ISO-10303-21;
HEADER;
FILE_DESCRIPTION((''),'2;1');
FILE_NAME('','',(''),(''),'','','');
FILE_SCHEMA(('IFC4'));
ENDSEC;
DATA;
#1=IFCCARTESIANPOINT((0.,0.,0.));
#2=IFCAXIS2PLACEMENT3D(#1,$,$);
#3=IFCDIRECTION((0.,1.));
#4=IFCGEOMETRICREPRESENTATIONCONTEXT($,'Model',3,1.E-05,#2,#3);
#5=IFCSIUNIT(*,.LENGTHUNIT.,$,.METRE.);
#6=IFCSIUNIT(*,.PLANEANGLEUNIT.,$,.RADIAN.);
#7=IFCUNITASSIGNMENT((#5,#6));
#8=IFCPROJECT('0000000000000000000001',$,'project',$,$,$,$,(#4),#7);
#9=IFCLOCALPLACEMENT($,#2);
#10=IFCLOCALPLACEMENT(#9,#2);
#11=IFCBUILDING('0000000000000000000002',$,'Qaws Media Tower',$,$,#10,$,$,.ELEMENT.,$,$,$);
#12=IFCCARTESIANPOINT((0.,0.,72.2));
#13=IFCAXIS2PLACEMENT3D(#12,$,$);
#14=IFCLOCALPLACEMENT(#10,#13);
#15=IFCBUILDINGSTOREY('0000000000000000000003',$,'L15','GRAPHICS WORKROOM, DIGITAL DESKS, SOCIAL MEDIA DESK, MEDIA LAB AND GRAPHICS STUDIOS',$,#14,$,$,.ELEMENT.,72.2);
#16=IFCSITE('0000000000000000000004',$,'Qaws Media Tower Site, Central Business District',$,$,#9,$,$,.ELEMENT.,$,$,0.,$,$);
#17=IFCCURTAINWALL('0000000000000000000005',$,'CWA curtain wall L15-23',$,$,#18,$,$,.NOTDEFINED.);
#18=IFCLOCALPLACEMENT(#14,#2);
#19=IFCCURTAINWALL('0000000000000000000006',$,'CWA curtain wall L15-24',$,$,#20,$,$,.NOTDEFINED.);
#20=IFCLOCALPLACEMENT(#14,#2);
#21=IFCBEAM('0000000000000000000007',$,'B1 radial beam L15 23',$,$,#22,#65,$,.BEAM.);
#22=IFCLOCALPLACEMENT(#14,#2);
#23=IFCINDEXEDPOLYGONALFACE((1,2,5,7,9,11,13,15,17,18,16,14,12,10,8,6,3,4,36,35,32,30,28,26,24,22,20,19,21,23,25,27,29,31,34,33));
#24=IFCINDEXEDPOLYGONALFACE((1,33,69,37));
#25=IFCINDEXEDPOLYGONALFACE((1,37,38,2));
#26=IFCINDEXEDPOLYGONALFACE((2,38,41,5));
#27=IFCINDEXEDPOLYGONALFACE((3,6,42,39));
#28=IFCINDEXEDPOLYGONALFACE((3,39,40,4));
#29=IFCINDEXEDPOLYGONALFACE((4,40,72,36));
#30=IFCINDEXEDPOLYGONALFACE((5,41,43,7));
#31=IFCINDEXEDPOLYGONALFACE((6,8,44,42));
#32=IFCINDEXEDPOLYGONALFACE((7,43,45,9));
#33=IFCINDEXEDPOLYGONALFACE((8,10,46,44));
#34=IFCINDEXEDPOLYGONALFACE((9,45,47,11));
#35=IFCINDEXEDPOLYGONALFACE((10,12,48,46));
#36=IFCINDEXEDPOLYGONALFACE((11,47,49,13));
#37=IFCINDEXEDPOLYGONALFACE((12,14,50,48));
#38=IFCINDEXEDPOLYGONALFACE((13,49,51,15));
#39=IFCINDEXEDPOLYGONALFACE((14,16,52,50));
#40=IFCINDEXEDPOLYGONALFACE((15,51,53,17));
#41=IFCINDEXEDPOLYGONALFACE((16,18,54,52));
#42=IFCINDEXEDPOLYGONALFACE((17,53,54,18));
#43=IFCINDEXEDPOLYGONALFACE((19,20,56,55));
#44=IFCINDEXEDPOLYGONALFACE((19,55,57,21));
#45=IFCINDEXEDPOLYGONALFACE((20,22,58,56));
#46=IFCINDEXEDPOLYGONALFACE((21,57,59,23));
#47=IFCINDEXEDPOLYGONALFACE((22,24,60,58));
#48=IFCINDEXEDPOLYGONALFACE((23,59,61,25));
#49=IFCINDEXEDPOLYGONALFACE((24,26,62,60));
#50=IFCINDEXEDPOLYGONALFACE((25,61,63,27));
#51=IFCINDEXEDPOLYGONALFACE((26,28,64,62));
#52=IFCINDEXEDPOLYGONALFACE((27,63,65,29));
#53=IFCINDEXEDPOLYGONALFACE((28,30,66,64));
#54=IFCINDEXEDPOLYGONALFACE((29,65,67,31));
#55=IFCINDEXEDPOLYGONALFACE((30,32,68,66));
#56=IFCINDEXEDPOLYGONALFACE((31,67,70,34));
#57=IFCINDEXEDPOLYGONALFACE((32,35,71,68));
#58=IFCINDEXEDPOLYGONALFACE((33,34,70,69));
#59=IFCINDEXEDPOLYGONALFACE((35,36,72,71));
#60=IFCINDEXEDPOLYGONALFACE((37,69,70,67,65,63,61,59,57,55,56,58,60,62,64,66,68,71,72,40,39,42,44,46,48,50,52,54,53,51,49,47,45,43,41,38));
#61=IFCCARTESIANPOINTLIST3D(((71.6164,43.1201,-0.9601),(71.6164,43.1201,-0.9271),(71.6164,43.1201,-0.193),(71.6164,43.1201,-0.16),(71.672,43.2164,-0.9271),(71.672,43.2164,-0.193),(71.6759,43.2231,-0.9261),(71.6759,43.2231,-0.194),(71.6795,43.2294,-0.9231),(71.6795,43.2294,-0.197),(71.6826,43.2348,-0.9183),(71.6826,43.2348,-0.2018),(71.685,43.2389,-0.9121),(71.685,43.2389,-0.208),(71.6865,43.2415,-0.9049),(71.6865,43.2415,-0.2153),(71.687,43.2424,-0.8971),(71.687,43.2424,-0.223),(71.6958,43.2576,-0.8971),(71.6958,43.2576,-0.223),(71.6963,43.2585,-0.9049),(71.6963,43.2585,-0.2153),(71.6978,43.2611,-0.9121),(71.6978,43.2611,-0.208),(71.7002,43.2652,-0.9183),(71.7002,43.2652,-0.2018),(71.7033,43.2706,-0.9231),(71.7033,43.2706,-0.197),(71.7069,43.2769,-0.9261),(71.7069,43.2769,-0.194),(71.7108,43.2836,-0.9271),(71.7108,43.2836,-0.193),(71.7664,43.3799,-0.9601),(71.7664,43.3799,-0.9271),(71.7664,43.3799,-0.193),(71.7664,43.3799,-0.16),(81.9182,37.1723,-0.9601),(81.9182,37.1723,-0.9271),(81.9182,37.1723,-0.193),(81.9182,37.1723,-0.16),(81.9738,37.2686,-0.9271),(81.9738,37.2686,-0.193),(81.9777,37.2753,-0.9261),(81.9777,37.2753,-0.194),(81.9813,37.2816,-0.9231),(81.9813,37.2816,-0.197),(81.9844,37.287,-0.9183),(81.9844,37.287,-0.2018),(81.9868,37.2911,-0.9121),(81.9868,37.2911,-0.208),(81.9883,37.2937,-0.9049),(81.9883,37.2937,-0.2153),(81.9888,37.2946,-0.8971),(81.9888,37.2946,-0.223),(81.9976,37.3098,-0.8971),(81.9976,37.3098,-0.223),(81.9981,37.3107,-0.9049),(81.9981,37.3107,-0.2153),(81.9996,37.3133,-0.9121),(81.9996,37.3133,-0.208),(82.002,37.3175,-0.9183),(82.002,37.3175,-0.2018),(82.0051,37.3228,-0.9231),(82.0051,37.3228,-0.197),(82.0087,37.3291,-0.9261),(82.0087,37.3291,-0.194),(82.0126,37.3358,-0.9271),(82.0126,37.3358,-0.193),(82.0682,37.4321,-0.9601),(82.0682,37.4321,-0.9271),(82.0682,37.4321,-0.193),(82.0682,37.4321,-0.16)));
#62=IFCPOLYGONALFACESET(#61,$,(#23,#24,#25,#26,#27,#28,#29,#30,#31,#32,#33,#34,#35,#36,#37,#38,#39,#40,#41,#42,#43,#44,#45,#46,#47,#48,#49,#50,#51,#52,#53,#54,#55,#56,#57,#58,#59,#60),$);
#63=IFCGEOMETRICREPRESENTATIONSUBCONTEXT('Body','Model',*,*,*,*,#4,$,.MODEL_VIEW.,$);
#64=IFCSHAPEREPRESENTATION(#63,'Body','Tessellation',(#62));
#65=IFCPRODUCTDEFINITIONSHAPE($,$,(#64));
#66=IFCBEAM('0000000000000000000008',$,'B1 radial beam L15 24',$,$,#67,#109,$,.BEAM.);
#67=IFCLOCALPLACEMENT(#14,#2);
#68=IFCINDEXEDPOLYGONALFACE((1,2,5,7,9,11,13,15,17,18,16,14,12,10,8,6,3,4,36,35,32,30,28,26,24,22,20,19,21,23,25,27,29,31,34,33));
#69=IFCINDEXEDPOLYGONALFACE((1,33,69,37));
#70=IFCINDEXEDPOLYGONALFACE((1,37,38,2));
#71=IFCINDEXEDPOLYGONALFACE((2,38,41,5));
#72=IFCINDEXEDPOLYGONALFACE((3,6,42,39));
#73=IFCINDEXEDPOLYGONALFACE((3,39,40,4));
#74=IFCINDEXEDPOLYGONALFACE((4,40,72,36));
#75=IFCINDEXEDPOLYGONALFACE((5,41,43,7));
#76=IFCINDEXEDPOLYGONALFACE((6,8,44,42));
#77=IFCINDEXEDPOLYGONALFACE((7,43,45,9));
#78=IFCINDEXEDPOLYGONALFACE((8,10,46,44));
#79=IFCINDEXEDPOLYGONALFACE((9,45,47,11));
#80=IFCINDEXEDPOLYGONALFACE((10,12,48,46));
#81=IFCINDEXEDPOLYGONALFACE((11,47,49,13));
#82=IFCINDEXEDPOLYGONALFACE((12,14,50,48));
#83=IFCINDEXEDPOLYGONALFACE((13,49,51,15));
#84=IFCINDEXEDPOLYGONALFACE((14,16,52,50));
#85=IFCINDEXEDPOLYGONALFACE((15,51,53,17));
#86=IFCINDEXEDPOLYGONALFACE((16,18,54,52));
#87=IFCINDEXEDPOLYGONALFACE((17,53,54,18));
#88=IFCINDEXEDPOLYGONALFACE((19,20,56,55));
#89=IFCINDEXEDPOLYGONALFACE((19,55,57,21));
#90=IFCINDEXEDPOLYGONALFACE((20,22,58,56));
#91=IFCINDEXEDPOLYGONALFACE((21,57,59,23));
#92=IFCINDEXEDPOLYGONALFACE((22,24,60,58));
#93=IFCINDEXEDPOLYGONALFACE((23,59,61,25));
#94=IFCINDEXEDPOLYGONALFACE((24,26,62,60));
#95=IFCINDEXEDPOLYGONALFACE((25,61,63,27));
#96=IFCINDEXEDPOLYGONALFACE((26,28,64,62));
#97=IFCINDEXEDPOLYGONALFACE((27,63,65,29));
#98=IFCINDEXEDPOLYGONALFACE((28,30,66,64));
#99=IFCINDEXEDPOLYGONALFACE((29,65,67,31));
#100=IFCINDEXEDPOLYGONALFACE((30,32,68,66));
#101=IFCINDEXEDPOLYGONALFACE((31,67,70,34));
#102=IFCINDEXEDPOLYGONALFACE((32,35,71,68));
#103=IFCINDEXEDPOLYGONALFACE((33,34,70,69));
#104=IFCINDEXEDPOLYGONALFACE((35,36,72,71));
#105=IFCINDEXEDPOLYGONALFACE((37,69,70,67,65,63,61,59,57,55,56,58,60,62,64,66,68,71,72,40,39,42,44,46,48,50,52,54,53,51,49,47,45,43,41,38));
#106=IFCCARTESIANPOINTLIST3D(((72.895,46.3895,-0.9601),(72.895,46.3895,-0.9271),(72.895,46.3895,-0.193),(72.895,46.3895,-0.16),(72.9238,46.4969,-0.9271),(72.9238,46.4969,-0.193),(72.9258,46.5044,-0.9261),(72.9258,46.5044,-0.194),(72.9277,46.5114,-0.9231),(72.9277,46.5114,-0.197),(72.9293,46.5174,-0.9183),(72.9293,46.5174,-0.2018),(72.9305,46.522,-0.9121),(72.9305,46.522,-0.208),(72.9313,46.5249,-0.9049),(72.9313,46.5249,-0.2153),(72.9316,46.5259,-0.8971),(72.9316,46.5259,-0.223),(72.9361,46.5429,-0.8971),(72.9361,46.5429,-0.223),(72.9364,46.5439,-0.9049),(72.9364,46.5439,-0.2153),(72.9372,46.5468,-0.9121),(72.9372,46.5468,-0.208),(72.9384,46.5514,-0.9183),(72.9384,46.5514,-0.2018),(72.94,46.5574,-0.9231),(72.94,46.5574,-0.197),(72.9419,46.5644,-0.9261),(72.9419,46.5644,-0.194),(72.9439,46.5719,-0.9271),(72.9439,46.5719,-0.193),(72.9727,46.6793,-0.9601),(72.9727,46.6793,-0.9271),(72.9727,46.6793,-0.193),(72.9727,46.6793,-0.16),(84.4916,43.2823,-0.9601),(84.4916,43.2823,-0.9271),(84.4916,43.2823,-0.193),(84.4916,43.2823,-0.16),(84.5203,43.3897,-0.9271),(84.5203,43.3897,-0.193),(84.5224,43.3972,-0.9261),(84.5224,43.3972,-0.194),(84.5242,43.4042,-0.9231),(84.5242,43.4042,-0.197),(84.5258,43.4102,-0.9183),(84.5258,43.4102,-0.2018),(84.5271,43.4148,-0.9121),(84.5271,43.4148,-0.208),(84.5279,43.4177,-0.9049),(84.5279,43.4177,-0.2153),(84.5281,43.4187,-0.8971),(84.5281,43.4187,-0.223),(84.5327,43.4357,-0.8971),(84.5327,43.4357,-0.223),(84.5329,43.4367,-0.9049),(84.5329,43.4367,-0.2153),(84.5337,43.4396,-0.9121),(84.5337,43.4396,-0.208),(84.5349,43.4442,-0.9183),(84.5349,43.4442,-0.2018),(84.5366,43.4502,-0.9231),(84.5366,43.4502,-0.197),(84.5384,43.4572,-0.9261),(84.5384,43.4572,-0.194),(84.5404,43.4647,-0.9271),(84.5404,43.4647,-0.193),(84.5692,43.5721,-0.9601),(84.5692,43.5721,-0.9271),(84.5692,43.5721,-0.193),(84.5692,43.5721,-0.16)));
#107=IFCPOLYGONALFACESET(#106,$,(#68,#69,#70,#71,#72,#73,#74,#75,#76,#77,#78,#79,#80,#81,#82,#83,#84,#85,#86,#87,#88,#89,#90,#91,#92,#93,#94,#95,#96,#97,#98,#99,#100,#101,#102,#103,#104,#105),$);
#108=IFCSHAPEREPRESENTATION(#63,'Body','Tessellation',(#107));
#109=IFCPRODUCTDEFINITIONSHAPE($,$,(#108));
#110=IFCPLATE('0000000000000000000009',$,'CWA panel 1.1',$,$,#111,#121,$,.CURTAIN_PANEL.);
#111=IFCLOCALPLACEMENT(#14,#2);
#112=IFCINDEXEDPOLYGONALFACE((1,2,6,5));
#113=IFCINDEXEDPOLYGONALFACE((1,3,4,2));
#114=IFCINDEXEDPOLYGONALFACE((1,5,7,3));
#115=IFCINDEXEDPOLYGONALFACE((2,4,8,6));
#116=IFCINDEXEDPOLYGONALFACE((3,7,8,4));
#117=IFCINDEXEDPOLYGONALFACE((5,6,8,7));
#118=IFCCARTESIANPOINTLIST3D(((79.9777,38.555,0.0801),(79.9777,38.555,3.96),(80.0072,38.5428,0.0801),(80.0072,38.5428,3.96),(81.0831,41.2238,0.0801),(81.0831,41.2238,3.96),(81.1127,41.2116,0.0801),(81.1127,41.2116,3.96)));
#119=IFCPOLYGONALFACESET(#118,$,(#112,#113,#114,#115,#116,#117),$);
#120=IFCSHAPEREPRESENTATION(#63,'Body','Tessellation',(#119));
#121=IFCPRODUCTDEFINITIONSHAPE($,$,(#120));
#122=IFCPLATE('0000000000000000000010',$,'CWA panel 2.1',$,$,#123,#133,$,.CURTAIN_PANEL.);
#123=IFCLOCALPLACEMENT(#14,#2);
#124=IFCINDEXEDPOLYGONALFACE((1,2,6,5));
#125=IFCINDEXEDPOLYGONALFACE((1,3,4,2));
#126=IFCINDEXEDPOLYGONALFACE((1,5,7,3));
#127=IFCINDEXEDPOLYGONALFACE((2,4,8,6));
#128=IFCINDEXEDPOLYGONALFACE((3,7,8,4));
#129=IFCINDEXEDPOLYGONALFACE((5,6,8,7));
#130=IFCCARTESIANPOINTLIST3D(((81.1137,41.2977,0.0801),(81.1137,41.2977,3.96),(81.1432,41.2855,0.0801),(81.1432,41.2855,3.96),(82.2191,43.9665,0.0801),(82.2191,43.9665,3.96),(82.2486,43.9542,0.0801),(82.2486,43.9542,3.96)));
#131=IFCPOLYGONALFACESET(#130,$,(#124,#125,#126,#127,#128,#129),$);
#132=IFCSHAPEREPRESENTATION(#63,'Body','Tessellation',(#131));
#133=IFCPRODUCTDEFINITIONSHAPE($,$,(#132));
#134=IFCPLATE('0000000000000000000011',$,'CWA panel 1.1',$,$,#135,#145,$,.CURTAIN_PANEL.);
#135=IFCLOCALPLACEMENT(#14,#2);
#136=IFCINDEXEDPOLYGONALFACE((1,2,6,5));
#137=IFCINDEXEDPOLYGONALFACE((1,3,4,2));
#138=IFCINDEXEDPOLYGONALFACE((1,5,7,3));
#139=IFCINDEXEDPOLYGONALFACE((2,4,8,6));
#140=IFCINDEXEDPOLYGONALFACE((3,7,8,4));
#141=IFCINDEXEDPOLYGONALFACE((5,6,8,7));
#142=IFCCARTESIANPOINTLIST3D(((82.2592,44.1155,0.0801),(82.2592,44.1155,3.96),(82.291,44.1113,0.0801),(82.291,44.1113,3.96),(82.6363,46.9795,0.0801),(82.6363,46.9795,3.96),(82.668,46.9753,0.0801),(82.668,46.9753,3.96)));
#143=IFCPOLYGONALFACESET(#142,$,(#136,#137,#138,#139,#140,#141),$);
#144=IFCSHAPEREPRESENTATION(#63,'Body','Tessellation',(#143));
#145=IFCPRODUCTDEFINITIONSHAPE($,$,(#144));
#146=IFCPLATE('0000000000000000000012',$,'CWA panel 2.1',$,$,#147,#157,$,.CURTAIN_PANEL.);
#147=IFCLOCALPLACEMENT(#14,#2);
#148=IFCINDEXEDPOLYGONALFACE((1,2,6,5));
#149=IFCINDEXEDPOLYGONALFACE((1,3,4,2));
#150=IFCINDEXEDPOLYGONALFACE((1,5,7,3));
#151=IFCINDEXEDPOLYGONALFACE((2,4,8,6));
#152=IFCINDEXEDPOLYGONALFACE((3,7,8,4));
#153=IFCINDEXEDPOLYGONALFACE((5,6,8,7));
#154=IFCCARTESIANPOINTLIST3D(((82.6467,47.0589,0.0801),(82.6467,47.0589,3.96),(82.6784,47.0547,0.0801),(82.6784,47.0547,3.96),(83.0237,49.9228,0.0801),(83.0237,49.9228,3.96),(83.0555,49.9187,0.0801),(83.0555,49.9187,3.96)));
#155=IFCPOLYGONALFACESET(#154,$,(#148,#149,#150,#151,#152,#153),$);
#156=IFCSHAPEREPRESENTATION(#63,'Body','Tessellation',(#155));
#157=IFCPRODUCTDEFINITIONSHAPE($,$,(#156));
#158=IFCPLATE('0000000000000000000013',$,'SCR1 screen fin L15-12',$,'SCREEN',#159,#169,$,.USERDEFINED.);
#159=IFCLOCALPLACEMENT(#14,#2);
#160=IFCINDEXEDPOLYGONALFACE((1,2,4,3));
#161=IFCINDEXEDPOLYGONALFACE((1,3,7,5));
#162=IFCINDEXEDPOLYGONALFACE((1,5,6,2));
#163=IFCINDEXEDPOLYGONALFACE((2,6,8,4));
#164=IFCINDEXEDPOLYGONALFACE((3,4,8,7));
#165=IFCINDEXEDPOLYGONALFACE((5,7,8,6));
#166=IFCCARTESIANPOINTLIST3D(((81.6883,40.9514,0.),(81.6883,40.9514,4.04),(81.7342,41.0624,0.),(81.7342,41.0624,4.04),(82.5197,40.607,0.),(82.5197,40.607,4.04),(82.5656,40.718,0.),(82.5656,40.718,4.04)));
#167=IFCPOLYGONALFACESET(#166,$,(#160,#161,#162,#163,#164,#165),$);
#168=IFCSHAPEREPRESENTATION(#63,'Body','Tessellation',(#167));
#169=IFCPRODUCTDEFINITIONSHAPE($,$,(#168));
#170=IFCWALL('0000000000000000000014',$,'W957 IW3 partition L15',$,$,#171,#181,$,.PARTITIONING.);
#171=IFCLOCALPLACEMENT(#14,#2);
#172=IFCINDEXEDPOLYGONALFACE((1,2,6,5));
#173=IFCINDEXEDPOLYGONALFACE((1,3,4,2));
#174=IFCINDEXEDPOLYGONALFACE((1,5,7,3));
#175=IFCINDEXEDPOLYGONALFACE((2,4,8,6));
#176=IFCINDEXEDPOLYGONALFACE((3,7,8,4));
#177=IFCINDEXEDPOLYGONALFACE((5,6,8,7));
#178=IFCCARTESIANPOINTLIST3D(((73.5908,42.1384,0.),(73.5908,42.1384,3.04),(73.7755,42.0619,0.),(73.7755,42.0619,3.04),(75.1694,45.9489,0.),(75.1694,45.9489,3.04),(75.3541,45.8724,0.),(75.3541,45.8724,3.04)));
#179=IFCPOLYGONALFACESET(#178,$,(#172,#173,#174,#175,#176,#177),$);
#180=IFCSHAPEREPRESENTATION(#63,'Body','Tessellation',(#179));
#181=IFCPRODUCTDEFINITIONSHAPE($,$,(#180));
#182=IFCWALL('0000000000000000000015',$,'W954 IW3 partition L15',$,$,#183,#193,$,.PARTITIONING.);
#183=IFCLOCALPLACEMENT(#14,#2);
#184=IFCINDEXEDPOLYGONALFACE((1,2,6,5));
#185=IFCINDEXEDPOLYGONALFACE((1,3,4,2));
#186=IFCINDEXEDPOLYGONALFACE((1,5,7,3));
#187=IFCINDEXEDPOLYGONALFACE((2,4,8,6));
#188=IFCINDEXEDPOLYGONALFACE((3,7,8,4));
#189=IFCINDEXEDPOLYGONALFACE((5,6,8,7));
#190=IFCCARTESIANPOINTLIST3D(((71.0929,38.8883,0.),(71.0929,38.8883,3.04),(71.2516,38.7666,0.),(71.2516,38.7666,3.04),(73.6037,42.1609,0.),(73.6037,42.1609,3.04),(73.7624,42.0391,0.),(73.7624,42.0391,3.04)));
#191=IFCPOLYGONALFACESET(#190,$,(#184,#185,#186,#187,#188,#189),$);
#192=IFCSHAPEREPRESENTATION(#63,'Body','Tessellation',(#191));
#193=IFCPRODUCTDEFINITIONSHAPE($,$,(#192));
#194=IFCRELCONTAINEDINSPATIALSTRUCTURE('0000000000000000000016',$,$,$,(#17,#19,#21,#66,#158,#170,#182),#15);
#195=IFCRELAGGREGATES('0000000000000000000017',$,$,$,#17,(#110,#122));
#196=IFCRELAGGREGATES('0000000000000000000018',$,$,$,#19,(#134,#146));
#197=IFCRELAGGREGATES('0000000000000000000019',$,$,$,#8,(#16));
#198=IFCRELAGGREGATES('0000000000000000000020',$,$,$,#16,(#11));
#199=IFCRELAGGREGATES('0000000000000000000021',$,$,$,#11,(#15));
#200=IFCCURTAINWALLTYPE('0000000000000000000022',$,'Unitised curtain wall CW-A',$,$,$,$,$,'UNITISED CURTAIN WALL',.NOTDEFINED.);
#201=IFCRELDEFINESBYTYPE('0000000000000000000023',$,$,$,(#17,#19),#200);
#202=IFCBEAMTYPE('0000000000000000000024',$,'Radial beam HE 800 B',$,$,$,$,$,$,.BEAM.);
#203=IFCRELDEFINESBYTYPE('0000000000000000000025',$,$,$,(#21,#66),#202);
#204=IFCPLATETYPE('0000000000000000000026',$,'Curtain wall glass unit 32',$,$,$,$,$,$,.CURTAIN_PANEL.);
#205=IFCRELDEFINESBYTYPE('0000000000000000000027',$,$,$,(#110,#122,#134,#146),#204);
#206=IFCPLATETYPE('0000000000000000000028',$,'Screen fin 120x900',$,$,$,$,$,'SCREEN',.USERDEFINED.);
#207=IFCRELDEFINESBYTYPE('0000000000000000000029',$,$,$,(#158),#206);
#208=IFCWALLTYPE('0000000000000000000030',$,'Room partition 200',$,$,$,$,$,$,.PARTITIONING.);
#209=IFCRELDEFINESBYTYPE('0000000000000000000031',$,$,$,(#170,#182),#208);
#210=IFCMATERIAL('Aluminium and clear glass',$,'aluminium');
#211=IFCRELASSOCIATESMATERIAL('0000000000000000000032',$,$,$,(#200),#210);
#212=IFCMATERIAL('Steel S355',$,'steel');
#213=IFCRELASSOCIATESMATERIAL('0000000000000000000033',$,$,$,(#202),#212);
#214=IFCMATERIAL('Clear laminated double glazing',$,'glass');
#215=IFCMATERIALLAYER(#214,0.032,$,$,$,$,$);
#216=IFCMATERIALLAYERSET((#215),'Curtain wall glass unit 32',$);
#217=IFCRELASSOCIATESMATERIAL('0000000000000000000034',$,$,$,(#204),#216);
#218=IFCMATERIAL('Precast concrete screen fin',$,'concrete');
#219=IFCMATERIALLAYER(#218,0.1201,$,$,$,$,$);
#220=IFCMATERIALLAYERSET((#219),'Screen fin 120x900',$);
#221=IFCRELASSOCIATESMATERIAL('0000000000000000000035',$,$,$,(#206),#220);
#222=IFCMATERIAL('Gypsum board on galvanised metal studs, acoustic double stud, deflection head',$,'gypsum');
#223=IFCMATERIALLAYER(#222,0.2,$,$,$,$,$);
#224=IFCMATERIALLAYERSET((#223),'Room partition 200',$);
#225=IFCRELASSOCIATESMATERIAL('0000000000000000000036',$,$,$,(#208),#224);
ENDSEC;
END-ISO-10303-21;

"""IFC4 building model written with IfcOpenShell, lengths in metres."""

from ifc_helpers import new_model, si_unit, direction, frame, frame_2d, origin, origin_2d, place, context, subcontext, project, spatial, rectangle, i_section, extrude, material, layer, layer_set, material_profile, profile_set, type_object, element, aggregate, save


model = new_model("IFC4")

# Units and contexts
model_context = context("Model", 3, precision=1e-05, world=origin(), true_north=direction((0.0, 1.0)))
body_context = subcontext(model_context, "Body", "Model", "MODEL_VIEW")
ifc_project = project(units=[si_unit("LENGTHUNIT", "METRE"), si_unit("PLANEANGLEUNIT", "RADIAN")], contexts=[model_context])

# Site, building, storey
site_placement = place(None, origin())
site = spatial("IfcSite", under=ifc_project, at=site_placement, Name="Qaws Media Tower Site, Central Business District", CompositionType="ELEMENT", RefElevation=0.0)
building_placement = place(site_placement, origin())
building = spatial("IfcBuilding", under=site, at=building_placement, Name="Qaws Media Tower", CompositionType="ELEMENT")
storey_placement = place(building_placement, frame((0.0, 0.0, 72.2)))
storey = spatial("IfcBuildingStorey", under=building, at=storey_placement, Name="L15", Description="GRAPHICS WORKROOM, DIGITAL DESKS, SOCIAL MEDIA DESK, MEDIA LAB AND GRAPHICS STUDIOS", CompositionType="ELEMENT", Elevation=72.2)

# Curtain walls
ifc_material_1 = material(Name="Aluminium and clear glass", Category="aluminium")
curtain_wall_type = type_object("IfcCurtainWallType", Name="Unitised curtain wall CW-A", ElementType="UNITISED CURTAIN WALL", PredefinedType="NOTDEFINED", material=ifc_material_1)
curtain_wall_1_placement = place(storey_placement, origin())
curtain_wall_1 = element("IfcCurtainWall", 1, at=curtain_wall_1_placement, inside=storey, type_object=curtain_wall_type, Name="CWA curtain wall L15-23", PredefinedType="NOTDEFINED")
curtain_wall_2_placement = place(storey_placement, origin())
curtain_wall_2 = element("IfcCurtainWall", 2, at=curtain_wall_2_placement, inside=storey, type_object=curtain_wall_type, Name="CWA curtain wall L15-24", PredefinedType="NOTDEFINED")

# Beams
ifc_material_2 = material(Name="Steel S355", Category="steel")
ifc_material_profile_1 = material_profile(ifc_material_2, i_section(OverallWidth=0.3, OverallDepth=0.8, WebThickness=0.0176, FlangeThickness=0.033, FilletRadius=0.03, at=origin_2d()), Name="HE 800 B")
ifc_profile_set_1 = profile_set([ifc_material_profile_1], Name="Steel S355")
beam_type_1 = type_object("IfcBeamType", Name="Radial beam HE 800 B", PredefinedType="BEAM", material=ifc_profile_set_1)
beam_1_placement = place(storey_placement, frame((71.6914, 43.25, -0.5601), z_axis=(0.866024, -0.500002, 0.0), x_axis=(0.500002, 0.866024, 0.0)))
element("IfcBeam", 3, at=beam_1_placement, inside=storey, type_object=beam_type_1, Name="B1 radial beam L15 23", PredefinedType="BEAM", context=body_context, shape_type="SweptSolid", body=[
    extrude(i_section(OverallWidth=0.3, OverallDepth=0.8, WebThickness=0.0176, FlangeThickness=0.033, FilletRadius=0.03, at=origin_2d()), origin(), (0.0, 0.0, 1.0), 11.8955),
])
beam_2_placement = place(storey_placement, frame((72.9338, 46.5344, -0.5601), z_axis=(0.965927, -0.258813, 0.0), x_axis=(0.258813, 0.965927, 0.0)))
element("IfcBeam", 4, at=beam_2_placement, inside=storey, type_object=beam_type_1, Name="B1 radial beam L15 24", PredefinedType="BEAM", context=body_context, shape_type="SweptSolid", body=[
    extrude(i_section(OverallWidth=0.3, OverallDepth=0.8, WebThickness=0.0176, FlangeThickness=0.033, FilletRadius=0.03, at=origin_2d()), origin(), (0.0, 0.0, 1.0), 12.0056),
])

# Plates
ifc_material_3 = material(Name="Clear laminated double glazing", Category="glass")
ifc_layer_1 = layer(ifc_material_3, 0.032)
ifc_layer_set_1 = layer_set([ifc_layer_1], Name="Curtain wall glass unit 32")
plate_type_1 = type_object("IfcPlateType", Name="Curtain wall glass unit 32", PredefinedType="CURTAIN_PANEL", material=ifc_layer_set_1)
plate_1_placement = place(storey_placement, frame((80.5452, 39.8833, 0.0801), z_axis=(0.0, 0.0, 1.0), x_axis=(0.382683, 0.92388, 0.0)))
plate_1 = element("IfcPlate", 5, at=plate_1_placement, type_object=plate_type_1, Name="CWA panel 1.1", PredefinedType="CURTAIN_PANEL", context=body_context, shape_type="SweptSolid", body=[
    extrude(rectangle(XDim=2.8887, YDim=0.032, at=origin_2d()), origin(), (0.0, 0.0, 1.0), 3.8799),
])
plate_2_placement = place(storey_placement, frame((81.6812, 42.626, 0.0801), z_axis=(0.0, 0.0, 1.0), x_axis=(0.382683, 0.92388, 0.0)))
plate_2 = element("IfcPlate", 6, at=plate_2_placement, type_object=plate_type_1, Name="CWA panel 2.1", PredefinedType="CURTAIN_PANEL", context=body_context, shape_type="SweptSolid", body=[
    extrude(rectangle(XDim=2.8887, YDim=0.032, at=origin_2d()), origin(), (0.0, 0.0, 1.0), 3.8799),
])
aggregate(curtain_wall_1, [plate_1, plate_2])
plate_3_placement = place(storey_placement, frame((82.4636, 45.5454, 0.0801), z_axis=(0.0, 0.0, 1.0), x_axis=(0.130526, 0.991445, 0.0)))
plate_3 = element("IfcPlate", 7, at=plate_3_placement, type_object=plate_type_1, Name="CWA panel 1.1", PredefinedType="CURTAIN_PANEL", context=body_context, shape_type="SweptSolid", body=[
    extrude(rectangle(XDim=2.8887, YDim=0.032, at=origin_2d()), origin(), (0.0, 0.0, 1.0), 3.8799),
])
plate_4_placement = place(storey_placement, frame((82.8511, 48.4888, 0.0801), z_axis=(0.0, 0.0, 1.0), x_axis=(0.130526, 0.991445, 0.0)))
plate_4 = element("IfcPlate", 8, at=plate_4_placement, type_object=plate_type_1, Name="CWA panel 2.1", PredefinedType="CURTAIN_PANEL", context=body_context, shape_type="SweptSolid", body=[
    extrude(rectangle(XDim=2.8887, YDim=0.032, at=origin_2d()), origin(), (0.0, 0.0, 1.0), 3.8799),
])
aggregate(curtain_wall_2, [plate_3, plate_4])
ifc_material_4 = material(Name="Precast concrete screen fin", Category="concrete")
ifc_layer_2 = layer(ifc_material_4, 0.1201)
ifc_layer_set_2 = layer_set([ifc_layer_2], Name="Screen fin 120x900")
plate_type_2 = type_object("IfcPlateType", Name="Screen fin 120x900", ElementType="SCREEN", PredefinedType="USERDEFINED", material=ifc_layer_set_2)
plate_5_placement = place(storey_placement, frame((82.127, 40.8347, 0.0), z_axis=(0.0, 0.0, 1.0), x_axis=(0.92388, -0.382683, 0.0)))
element("IfcPlate", 9, at=plate_5_placement, inside=storey, type_object=plate_type_2, Name="SCR1 screen fin L15-12", ObjectType="SCREEN", PredefinedType="USERDEFINED", context=body_context, shape_type="SweptSolid", body=[
    extrude(rectangle(XDim=0.8999, YDim=0.1201, at=origin_2d()), origin(), (0.0, 0.0, 1.0), 4.04),
])

# Walls
ifc_material_5 = material(Name="Gypsum board on galvanised metal studs, acoustic double stud, deflection head", Category="gypsum")
ifc_layer_3 = layer(ifc_material_5, 0.2)
ifc_layer_set_3 = layer_set([ifc_layer_3], Name="Room partition 200")
wall_type = type_object("IfcWallType", Name="Room partition 200", PredefinedType="PARTITIONING", material=ifc_layer_set_3)
wall_1_placement = place(storey_placement, frame((75.2617, 45.9106, 0.0), z_axis=(0.0, 0.0, 1.0), x_axis=(-0.382732, -0.92386, 0.0)))
element("IfcWall", 10, at=wall_1_placement, inside=storey, type_object=wall_type, Name="W957 IW3 partition L15", PredefinedType="PARTITIONING", context=body_context, shape_type="SweptSolid", body=[
    extrude(rectangle(XDim=4.1245, YDim=0.2, at=frame_2d((2.0623, 0.0))), origin(), (0.0, 0.0, 1.0), 3.04),
])
wall_2_placement = place(storey_placement, frame((73.6831, 42.1001, 0.0), z_axis=(0.0, 0.0, 1.0), x_axis=(-0.608715, -0.793389, 0.0)))
element("IfcWall", 11, at=wall_2_placement, inside=storey, type_object=wall_type, Name="W954 IW3 partition L15", PredefinedType="PARTITIONING", context=body_context, shape_type="SweptSolid", body=[
    extrude(rectangle(XDim=4.1248, YDim=0.2, at=frame_2d((2.0625, 0.0))), origin(), (0.0, 0.0, 1.0), 3.04),
])

save(model, "model.ifc")
